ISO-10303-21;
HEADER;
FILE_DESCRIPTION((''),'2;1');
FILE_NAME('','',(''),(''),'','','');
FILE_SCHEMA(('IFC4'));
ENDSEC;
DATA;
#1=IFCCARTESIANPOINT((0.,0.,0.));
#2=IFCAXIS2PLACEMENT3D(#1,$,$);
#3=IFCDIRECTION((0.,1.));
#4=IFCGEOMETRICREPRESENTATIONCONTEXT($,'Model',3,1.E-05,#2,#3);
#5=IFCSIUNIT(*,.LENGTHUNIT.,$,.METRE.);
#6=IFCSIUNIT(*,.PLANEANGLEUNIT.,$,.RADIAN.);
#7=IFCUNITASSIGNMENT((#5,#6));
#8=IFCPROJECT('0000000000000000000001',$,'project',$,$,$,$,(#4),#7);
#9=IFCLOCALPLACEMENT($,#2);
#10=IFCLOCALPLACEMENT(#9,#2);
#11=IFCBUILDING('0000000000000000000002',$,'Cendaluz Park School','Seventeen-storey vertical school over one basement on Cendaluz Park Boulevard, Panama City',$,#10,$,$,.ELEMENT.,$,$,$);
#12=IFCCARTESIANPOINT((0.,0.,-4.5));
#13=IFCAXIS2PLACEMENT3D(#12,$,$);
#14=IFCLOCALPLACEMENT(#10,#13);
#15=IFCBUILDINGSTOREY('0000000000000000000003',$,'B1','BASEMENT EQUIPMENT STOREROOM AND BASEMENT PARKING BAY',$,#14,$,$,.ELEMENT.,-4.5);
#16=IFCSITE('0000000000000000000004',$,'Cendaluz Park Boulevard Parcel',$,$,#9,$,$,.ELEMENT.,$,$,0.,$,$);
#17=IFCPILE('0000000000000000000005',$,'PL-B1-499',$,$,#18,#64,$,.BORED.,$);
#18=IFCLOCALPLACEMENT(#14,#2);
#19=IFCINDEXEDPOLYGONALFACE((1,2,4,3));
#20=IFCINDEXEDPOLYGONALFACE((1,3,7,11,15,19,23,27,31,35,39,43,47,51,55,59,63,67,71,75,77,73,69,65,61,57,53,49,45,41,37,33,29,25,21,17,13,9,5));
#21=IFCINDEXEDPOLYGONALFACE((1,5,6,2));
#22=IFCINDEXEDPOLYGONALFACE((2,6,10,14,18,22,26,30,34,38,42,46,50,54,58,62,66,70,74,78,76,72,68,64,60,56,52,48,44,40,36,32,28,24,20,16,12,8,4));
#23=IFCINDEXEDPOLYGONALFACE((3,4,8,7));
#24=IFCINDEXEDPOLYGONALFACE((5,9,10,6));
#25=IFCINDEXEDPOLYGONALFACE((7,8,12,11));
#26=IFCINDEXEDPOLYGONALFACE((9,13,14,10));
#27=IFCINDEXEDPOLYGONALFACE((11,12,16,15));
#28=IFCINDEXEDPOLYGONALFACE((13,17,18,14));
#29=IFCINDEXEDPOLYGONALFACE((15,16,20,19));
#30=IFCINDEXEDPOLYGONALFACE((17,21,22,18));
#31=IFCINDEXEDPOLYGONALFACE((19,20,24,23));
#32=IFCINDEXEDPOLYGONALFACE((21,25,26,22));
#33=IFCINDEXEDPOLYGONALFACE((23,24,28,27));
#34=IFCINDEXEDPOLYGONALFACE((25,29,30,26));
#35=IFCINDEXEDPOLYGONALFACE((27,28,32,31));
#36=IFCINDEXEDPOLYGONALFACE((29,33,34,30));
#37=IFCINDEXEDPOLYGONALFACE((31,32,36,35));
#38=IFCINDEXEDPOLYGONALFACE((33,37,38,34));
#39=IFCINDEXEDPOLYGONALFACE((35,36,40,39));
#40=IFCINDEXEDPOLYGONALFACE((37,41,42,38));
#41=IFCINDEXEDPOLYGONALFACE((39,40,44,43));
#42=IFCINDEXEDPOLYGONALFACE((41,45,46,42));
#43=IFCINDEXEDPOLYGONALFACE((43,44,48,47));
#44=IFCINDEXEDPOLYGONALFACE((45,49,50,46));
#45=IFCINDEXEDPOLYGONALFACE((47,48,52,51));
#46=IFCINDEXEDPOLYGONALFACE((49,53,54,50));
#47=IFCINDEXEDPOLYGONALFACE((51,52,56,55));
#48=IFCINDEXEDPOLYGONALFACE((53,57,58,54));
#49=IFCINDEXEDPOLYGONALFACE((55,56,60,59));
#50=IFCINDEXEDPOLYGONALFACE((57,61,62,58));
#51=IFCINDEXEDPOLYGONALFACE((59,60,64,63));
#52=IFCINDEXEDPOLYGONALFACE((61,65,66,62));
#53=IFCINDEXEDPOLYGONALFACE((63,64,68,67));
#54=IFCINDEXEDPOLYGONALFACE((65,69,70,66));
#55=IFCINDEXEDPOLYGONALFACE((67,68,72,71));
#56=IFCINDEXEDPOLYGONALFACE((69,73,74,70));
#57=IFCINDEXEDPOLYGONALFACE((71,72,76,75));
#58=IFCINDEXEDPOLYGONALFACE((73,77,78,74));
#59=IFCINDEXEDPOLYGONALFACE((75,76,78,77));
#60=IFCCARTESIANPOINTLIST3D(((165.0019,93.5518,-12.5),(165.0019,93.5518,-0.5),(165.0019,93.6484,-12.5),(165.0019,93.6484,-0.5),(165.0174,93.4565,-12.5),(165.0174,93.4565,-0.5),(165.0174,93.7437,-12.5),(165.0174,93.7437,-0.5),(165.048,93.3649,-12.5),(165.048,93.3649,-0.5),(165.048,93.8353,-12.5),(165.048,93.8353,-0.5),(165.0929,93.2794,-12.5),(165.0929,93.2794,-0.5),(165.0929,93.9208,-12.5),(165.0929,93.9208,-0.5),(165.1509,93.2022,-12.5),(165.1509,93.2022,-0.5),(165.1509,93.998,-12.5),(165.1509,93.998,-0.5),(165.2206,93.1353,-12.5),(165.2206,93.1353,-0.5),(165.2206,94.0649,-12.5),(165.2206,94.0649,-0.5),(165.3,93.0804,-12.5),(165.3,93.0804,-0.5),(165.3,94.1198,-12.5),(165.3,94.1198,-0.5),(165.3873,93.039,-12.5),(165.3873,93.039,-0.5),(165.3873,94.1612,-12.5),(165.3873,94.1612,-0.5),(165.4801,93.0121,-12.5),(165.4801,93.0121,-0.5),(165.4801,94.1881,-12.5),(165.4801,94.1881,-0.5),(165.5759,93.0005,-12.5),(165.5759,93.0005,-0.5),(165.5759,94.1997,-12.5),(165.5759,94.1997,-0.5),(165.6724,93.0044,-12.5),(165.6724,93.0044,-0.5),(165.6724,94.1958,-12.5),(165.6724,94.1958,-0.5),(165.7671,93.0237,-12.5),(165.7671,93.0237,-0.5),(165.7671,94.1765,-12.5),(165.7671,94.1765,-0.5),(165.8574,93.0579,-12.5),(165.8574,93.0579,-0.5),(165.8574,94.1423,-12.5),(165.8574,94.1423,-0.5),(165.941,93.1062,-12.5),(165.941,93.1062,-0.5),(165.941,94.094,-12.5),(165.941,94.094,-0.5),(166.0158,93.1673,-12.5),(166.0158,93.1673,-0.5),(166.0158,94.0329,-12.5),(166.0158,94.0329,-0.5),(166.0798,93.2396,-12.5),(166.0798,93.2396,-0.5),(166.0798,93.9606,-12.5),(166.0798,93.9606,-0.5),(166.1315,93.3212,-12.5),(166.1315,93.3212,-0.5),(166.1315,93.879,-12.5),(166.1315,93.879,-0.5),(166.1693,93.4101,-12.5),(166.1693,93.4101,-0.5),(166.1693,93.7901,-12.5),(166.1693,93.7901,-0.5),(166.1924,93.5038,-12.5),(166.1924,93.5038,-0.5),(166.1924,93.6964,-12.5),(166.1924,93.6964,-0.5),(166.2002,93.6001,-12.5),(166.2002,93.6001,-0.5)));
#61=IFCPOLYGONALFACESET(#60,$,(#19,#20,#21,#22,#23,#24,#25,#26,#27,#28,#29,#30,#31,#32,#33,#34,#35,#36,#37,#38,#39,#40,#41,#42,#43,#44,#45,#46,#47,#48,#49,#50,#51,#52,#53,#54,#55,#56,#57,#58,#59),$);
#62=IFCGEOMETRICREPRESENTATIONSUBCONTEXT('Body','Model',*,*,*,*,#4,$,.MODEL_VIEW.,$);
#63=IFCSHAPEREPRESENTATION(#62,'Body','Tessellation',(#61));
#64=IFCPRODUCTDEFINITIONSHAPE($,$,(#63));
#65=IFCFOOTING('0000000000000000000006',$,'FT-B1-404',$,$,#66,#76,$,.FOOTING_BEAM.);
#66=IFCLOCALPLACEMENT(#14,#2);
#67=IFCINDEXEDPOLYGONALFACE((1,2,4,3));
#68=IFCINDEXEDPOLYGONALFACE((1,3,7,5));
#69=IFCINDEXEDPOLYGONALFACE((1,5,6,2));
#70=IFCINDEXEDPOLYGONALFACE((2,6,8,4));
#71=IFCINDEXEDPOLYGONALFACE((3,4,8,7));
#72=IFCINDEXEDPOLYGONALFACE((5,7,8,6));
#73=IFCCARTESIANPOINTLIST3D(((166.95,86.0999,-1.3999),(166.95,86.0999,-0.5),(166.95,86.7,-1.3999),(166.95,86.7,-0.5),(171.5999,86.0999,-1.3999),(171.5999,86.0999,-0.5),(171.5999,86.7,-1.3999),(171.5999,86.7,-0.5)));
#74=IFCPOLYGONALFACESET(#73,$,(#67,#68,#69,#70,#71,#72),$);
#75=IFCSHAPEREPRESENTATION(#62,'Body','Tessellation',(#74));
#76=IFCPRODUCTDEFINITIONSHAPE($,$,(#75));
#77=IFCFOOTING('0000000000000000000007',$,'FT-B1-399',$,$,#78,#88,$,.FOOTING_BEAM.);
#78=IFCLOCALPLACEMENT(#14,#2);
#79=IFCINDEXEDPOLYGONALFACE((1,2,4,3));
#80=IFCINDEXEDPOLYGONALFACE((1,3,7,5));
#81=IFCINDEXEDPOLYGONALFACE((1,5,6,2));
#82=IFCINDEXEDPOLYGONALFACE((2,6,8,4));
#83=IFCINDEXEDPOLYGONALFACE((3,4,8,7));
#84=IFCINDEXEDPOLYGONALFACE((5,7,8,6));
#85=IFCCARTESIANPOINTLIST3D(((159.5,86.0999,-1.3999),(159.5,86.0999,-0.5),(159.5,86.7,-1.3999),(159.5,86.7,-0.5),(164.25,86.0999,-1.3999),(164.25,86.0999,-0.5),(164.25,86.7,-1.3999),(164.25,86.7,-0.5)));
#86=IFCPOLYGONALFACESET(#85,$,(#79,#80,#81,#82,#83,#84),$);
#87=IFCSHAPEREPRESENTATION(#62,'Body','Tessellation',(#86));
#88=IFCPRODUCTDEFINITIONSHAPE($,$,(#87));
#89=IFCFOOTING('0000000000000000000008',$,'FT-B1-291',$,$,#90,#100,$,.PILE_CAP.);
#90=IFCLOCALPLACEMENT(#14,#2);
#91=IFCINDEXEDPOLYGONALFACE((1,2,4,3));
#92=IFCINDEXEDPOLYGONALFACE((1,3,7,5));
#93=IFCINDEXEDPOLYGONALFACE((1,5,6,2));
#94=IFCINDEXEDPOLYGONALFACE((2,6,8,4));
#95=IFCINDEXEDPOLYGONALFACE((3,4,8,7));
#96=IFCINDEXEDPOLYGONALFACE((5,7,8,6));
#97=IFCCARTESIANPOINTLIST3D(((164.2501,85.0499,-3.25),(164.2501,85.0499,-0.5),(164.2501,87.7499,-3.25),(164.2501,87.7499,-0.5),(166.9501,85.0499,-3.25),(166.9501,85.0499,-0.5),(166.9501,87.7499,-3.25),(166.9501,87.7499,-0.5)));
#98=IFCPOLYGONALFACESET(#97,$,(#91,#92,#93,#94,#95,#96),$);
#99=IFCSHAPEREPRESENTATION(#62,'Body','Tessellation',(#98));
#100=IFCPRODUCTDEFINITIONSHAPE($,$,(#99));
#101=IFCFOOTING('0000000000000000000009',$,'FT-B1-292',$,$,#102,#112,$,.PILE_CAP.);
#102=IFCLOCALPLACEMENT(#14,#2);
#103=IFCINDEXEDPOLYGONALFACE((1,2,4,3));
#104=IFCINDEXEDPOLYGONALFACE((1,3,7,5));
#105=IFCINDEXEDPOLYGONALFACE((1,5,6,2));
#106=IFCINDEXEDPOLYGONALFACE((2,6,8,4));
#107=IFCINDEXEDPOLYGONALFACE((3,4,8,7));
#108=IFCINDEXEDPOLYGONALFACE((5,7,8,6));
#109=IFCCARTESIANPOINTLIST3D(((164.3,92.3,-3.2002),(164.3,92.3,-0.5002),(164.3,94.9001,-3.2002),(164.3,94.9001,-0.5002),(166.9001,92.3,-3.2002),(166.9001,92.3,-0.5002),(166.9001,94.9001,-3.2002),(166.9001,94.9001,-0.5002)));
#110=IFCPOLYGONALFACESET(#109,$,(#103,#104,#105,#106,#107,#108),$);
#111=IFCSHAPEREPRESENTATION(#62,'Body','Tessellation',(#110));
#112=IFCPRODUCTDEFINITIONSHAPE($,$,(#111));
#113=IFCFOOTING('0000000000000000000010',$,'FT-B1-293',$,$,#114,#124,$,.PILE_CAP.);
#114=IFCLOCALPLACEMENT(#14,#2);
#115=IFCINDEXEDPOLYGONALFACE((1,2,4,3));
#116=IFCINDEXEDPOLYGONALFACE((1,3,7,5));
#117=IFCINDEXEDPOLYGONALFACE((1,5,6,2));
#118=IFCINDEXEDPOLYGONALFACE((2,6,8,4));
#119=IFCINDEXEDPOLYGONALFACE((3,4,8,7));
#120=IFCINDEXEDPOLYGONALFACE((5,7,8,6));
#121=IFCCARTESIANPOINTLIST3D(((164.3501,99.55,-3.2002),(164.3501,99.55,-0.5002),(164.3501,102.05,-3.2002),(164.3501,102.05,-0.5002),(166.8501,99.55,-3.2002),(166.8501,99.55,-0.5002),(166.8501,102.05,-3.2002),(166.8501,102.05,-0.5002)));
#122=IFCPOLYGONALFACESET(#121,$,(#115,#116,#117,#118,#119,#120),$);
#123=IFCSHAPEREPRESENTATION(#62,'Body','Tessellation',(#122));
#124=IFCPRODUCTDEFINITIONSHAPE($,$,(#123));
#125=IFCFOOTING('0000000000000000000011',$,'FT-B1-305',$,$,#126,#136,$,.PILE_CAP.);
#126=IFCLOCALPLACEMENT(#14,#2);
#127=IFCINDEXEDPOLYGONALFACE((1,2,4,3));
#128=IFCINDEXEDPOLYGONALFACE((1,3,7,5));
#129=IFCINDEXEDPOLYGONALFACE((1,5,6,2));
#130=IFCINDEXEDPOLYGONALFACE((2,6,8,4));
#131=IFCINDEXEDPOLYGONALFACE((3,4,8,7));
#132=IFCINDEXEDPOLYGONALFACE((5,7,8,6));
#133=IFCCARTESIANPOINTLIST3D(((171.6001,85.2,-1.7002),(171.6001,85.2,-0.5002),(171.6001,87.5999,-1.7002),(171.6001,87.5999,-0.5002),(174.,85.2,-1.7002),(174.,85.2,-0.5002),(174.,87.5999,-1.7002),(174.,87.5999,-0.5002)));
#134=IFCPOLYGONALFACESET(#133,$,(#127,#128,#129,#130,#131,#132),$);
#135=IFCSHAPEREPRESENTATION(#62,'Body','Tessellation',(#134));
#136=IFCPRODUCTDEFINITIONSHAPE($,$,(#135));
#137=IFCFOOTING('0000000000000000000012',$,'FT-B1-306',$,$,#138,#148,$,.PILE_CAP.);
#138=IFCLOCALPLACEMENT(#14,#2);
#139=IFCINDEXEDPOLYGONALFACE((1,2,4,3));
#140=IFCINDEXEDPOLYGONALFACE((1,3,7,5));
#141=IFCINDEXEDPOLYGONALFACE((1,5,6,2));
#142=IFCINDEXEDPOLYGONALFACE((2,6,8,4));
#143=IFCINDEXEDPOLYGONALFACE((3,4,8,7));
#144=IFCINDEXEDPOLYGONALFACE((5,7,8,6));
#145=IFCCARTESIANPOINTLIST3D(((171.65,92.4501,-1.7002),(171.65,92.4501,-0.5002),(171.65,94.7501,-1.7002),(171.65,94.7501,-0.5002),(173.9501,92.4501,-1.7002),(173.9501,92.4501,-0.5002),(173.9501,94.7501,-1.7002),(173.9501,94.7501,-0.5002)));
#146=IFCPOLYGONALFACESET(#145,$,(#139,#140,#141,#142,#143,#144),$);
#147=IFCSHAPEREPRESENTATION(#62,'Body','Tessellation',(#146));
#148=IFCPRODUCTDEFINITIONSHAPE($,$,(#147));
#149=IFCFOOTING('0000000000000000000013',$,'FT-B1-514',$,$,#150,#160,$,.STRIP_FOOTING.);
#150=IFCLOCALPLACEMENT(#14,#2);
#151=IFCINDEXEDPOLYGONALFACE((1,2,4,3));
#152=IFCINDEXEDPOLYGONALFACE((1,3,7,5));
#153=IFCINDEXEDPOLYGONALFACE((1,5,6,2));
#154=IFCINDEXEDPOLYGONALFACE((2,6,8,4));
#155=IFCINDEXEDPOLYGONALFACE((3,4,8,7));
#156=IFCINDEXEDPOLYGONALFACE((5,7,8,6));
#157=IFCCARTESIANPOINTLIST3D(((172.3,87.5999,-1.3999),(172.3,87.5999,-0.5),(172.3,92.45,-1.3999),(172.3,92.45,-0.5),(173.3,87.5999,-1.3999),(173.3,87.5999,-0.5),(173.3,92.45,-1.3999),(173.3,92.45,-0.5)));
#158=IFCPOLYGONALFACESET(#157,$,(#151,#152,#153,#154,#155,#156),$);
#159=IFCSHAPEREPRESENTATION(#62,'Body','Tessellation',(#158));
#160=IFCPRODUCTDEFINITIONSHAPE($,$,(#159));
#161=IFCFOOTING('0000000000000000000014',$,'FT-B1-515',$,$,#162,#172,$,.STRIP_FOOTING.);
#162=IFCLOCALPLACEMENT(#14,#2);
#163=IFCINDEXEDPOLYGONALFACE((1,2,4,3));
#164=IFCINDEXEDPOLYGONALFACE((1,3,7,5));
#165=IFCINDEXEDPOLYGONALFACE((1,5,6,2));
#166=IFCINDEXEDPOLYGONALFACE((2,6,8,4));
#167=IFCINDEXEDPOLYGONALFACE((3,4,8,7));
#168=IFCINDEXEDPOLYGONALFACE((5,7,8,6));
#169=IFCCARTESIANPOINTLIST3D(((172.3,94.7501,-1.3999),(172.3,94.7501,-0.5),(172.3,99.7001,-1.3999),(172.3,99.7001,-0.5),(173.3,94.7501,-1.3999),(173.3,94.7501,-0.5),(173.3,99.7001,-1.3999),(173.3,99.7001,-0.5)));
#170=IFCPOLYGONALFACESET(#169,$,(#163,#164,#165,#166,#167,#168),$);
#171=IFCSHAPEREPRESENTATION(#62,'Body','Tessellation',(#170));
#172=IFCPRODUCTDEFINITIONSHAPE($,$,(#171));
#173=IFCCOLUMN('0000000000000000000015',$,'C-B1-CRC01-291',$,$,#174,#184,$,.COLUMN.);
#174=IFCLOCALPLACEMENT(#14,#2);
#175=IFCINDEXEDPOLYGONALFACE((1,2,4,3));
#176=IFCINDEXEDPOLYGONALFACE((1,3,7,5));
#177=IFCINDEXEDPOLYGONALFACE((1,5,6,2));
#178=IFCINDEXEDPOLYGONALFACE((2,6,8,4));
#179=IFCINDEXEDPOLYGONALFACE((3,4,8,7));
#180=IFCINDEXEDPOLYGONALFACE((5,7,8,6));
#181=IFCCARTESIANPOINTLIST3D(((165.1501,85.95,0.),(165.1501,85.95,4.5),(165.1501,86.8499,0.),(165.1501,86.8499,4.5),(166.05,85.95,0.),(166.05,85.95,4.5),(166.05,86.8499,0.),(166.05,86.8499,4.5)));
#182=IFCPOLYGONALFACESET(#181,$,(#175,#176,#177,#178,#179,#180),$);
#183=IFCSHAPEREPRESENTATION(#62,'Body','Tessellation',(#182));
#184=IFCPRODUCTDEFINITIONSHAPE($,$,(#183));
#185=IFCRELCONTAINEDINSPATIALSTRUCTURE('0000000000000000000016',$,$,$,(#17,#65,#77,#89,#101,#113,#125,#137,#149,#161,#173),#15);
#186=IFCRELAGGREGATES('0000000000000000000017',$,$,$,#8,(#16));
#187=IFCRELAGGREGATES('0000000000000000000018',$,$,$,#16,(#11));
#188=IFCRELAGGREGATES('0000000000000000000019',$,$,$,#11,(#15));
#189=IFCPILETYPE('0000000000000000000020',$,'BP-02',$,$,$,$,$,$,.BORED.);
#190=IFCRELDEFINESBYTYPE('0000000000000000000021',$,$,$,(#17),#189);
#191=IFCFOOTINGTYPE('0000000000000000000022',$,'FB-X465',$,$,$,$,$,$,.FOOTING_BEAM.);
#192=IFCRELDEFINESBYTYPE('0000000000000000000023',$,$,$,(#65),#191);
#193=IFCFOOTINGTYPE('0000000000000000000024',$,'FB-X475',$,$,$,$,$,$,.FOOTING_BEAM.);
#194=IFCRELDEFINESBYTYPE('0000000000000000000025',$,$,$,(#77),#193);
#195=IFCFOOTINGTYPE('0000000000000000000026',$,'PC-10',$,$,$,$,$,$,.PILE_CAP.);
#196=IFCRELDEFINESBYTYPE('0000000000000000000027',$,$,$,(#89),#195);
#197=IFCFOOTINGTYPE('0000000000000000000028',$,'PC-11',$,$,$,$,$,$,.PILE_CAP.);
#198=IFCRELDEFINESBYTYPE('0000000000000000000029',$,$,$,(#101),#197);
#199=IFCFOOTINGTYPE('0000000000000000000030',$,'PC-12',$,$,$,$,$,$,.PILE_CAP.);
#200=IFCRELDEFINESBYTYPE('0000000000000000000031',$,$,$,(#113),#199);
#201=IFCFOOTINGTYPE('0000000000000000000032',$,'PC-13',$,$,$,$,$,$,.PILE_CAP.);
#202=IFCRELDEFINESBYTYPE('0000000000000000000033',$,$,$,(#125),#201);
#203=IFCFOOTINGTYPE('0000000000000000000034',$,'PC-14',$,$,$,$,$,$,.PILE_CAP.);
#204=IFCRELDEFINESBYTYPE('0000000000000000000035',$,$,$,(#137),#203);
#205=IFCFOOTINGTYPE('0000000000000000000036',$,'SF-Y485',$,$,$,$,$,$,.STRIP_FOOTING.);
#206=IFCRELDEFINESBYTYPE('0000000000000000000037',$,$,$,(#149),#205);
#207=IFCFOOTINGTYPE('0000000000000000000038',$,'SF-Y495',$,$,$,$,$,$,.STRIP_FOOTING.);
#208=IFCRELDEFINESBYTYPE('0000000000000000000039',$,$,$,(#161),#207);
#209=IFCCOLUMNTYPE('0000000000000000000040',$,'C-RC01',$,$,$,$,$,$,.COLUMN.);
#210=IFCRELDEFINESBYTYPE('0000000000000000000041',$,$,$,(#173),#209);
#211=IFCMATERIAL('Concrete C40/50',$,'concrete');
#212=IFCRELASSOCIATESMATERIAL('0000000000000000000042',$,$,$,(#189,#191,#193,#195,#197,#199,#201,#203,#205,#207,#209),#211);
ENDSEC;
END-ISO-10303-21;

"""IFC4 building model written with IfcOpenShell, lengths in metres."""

from ifc_helpers import new_model, si_unit, direction, frame, origin, origin_2d, place, context, subcontext, project, spatial, rectangle, circle, extrude, material, material_profile, profile_set, type_object, element, save


model = new_model("IFC4")

# Units and contexts
model_context = context("Model", 3, precision=1e-05, world=origin(), true_north=direction((0.0, 1.0)))
body_context = subcontext(model_context, "Body", "Model", "MODEL_VIEW")
ifc_project = project(units=[si_unit("LENGTHUNIT", "METRE"), si_unit("PLANEANGLEUNIT", "RADIAN")], contexts=[model_context])

# Site, building, storey
site_placement = place(None, origin())
site = spatial("IfcSite", under=ifc_project, at=site_placement, Name="Cendaluz Park Boulevard Parcel", CompositionType="ELEMENT", RefElevation=0.0)
building_placement = place(site_placement, origin())
building = spatial("IfcBuilding", under=site, at=building_placement, Name="Cendaluz Park School", Description="Seventeen-storey vertical school over one basement on Cendaluz Park Boulevard, Panama City", CompositionType="ELEMENT")
storey_placement = place(building_placement, frame((0.0, 0.0, -4.5)))
storey = spatial("IfcBuildingStorey", under=building, at=storey_placement, Name="B1", Description="BASEMENT EQUIPMENT STOREROOM AND BASEMENT PARKING BAY", CompositionType="ELEMENT", Elevation=-4.5)

# Pile
ifc_material_1 = material(Name="Concrete C40/50", Category="concrete")
ifc_material_profile_1 = material_profile(ifc_material_1, circle(Radius=0.6001, at=origin_2d()), Name="BP D1200", Category="concrete")
ifc_profile_set_1 = profile_set([ifc_material_profile_1], Name="Concrete C40/50")
pile_type_1 = type_object("IfcPileType", Name="BP-02", PredefinedType="BORED", material=ifc_profile_set_1)
for number, where, z_axis, x_axis, name in (
    (1, (165.6001, 93.6001, -0.5), (0.0, 0.0, -1.0), (1.0, 0.0, 0.0), "PL-B1-499"),
):
    element("IfcPile", number, at=place(storey_placement, frame(where, z_axis=z_axis, x_axis=x_axis)), inside=storey, type_object=pile_type_1, Name=name, PredefinedType="BORED", context=body_context, shape_type="SweptSolid", body=[
        extrude(circle(Radius=0.6001, at=origin_2d()), origin(), (0.0, 0.0, 1.0), 12.0),
    ])

# Footings
footing_type_1 = type_object("IfcFootingType", Name="FB-X465", PredefinedType="FOOTING_BEAM", material=ifc_material_1)
footing_1_placement = place(storey_placement, frame((169.2749, 86.3999, -1.3999), z_axis=(0.0, 0.0, 1.0), x_axis=(1.0, 0.0, 0.0)))
element("IfcFooting", 2, at=footing_1_placement, inside=storey, type_object=footing_type_1, Name="FT-B1-404", PredefinedType="FOOTING_BEAM", context=body_context, shape_type="SweptSolid", body=[
    extrude(rectangle(XDim=4.6499, YDim=0.6001, at=origin_2d()), origin(), (0.0, 0.0, 1.0), 0.8999),
])
footing_type_2 = type_object("IfcFootingType", Name="FB-X475", PredefinedType="FOOTING_BEAM", material=ifc_material_1)
footing_2_placement = place(storey_placement, frame((161.875, 86.3999, -1.3999), z_axis=(0.0, 0.0, 1.0), x_axis=(1.0, 0.0, 0.0)))
element("IfcFooting", 3, at=footing_2_placement, inside=storey, type_object=footing_type_2, Name="FT-B1-399", PredefinedType="FOOTING_BEAM", context=body_context, shape_type="SweptSolid", body=[
    extrude(rectangle(XDim=4.75, YDim=0.6001, at=origin_2d()), origin(), (0.0, 0.0, 1.0), 0.8999),
])
footing_type_3 = type_object("IfcFootingType", Name="PC-10", PredefinedType="PILE_CAP", material=ifc_material_1)
footing_3_placement = place(storey_placement, frame((165.6001, 86.3999, -3.25), z_axis=(0.0, 0.0, 1.0), x_axis=(1.0, 0.0, 0.0)))
element("IfcFooting", 4, at=footing_3_placement, inside=storey, type_object=footing_type_3, Name="FT-B1-291", PredefinedType="PILE_CAP", context=body_context, shape_type="SweptSolid", body=[
    extrude(rectangle(XDim=2.7, YDim=2.7, at=origin_2d()), origin(), (0.0, 0.0, 1.0), 2.75),
])
footing_type_4 = type_object("IfcFootingType", Name="PC-11", PredefinedType="PILE_CAP", material=ifc_material_1)
footing_4_placement = place(storey_placement, frame((165.6001, 93.6001, -3.2002), z_axis=(0.0, 0.0, 1.0), x_axis=(1.0, 0.0, 0.0)))
element("IfcFooting", 5, at=footing_4_placement, inside=storey, type_object=footing_type_4, Name="FT-B1-292", PredefinedType="PILE_CAP", context=body_context, shape_type="SweptSolid", body=[
    extrude(rectangle(XDim=2.6001, YDim=2.6001, at=origin_2d()), origin(), (0.0, 0.0, 1.0), 2.7),
])
footing_type_5 = type_object("IfcFootingType", Name="PC-12", PredefinedType="PILE_CAP", material=ifc_material_1)
footing_5_placement = place(storey_placement, frame((165.6001, 100.8, -3.2002), z_axis=(0.0, 0.0, 1.0), x_axis=(1.0, 0.0, 0.0)))
element("IfcFooting", 6, at=footing_5_placement, inside=storey, type_object=footing_type_5, Name="FT-B1-293", PredefinedType="PILE_CAP", context=body_context, shape_type="SweptSolid", body=[
    extrude(rectangle(XDim=2.5, YDim=2.5, at=origin_2d()), origin(), (0.0, 0.0, 1.0), 2.7),
])
footing_type_6 = type_object("IfcFootingType", Name="PC-13", PredefinedType="PILE_CAP", material=ifc_material_1)
footing_6_placement = place(storey_placement, frame((172.8, 86.3999, -1.7002), z_axis=(0.0, 0.0, 1.0), x_axis=(1.0, 0.0, 0.0)))
element("IfcFooting", 7, at=footing_6_placement, inside=storey, type_object=footing_type_6, Name="FT-B1-305", PredefinedType="PILE_CAP", context=body_context, shape_type="SweptSolid", body=[
    extrude(rectangle(XDim=2.3999, YDim=2.3999, at=origin_2d()), origin(), (0.0, 0.0, 1.0), 1.2),
])
footing_type_7 = type_object("IfcFootingType", Name="PC-14", PredefinedType="PILE_CAP", material=ifc_material_1)
footing_7_placement = place(storey_placement, frame((172.8, 93.6001, -1.7002), z_axis=(0.0, 0.0, 1.0), x_axis=(1.0, 0.0, 0.0)))
element("IfcFooting", 8, at=footing_7_placement, inside=storey, type_object=footing_type_7, Name="FT-B1-306", PredefinedType="PILE_CAP", context=body_context, shape_type="SweptSolid", body=[
    extrude(rectangle(XDim=2.3, YDim=2.3, at=origin_2d()), origin(), (0.0, 0.0, 1.0), 1.2),
])
footing_type_8 = type_object("IfcFootingType", Name="SF-Y485", PredefinedType="STRIP_FOOTING", material=ifc_material_1)
footing_8_placement = place(storey_placement, frame((172.8, 90.0249, -1.3999), z_axis=(0.0, 0.0, 1.0), x_axis=(1.0, 0.0, 0.0)))
element("IfcFooting", 9, at=footing_8_placement, inside=storey, type_object=footing_type_8, Name="FT-B1-514", PredefinedType="STRIP_FOOTING", context=body_context, shape_type="SweptSolid", body=[
    extrude(rectangle(XDim=1.0, YDim=4.8501, at=origin_2d()), origin(), (0.0, 0.0, 1.0), 0.8999),
])
footing_type_9 = type_object("IfcFootingType", Name="SF-Y495", PredefinedType="STRIP_FOOTING", material=ifc_material_1)
footing_9_placement = place(storey_placement, frame((172.8, 97.2251, -1.3999), z_axis=(0.0, 0.0, 1.0), x_axis=(1.0, 0.0, 0.0)))
element("IfcFooting", 10, at=footing_9_placement, inside=storey, type_object=footing_type_9, Name="FT-B1-515", PredefinedType="STRIP_FOOTING", context=body_context, shape_type="SweptSolid", body=[
    extrude(rectangle(XDim=1.0, YDim=4.95, at=origin_2d()), origin(), (0.0, 0.0, 1.0), 0.8999),
])

# Column
ifc_material_profile_2 = material_profile(ifc_material_1, rectangle(XDim=0.8999, YDim=0.8999, at=origin_2d()), Name="RC 900x900", Category="concrete")
ifc_profile_set_2 = profile_set([ifc_material_profile_2], Name="Concrete C40/50")
column_type_1 = type_object("IfcColumnType", Name="C-RC01", PredefinedType="COLUMN", material=ifc_profile_set_2)
for number, where, z_axis, x_axis, name in (
    (11, (165.6001, 86.3999, 0.0), (0.0, 0.0, 1.0), (1.0, 0.0, 0.0), "C-B1-CRC01-291"),
):
    element("IfcColumn", number, at=place(storey_placement, frame(where, z_axis=z_axis, x_axis=x_axis)), inside=storey, type_object=column_type_1, Name=name, PredefinedType="COLUMN", context=body_context, shape_type="SweptSolid", body=[
        extrude(rectangle(XDim=0.8999, YDim=0.8999, at=origin_2d()), origin(), (0.0, 0.0, 1.0), 4.5),
    ])

save(model, "model.ifc")
